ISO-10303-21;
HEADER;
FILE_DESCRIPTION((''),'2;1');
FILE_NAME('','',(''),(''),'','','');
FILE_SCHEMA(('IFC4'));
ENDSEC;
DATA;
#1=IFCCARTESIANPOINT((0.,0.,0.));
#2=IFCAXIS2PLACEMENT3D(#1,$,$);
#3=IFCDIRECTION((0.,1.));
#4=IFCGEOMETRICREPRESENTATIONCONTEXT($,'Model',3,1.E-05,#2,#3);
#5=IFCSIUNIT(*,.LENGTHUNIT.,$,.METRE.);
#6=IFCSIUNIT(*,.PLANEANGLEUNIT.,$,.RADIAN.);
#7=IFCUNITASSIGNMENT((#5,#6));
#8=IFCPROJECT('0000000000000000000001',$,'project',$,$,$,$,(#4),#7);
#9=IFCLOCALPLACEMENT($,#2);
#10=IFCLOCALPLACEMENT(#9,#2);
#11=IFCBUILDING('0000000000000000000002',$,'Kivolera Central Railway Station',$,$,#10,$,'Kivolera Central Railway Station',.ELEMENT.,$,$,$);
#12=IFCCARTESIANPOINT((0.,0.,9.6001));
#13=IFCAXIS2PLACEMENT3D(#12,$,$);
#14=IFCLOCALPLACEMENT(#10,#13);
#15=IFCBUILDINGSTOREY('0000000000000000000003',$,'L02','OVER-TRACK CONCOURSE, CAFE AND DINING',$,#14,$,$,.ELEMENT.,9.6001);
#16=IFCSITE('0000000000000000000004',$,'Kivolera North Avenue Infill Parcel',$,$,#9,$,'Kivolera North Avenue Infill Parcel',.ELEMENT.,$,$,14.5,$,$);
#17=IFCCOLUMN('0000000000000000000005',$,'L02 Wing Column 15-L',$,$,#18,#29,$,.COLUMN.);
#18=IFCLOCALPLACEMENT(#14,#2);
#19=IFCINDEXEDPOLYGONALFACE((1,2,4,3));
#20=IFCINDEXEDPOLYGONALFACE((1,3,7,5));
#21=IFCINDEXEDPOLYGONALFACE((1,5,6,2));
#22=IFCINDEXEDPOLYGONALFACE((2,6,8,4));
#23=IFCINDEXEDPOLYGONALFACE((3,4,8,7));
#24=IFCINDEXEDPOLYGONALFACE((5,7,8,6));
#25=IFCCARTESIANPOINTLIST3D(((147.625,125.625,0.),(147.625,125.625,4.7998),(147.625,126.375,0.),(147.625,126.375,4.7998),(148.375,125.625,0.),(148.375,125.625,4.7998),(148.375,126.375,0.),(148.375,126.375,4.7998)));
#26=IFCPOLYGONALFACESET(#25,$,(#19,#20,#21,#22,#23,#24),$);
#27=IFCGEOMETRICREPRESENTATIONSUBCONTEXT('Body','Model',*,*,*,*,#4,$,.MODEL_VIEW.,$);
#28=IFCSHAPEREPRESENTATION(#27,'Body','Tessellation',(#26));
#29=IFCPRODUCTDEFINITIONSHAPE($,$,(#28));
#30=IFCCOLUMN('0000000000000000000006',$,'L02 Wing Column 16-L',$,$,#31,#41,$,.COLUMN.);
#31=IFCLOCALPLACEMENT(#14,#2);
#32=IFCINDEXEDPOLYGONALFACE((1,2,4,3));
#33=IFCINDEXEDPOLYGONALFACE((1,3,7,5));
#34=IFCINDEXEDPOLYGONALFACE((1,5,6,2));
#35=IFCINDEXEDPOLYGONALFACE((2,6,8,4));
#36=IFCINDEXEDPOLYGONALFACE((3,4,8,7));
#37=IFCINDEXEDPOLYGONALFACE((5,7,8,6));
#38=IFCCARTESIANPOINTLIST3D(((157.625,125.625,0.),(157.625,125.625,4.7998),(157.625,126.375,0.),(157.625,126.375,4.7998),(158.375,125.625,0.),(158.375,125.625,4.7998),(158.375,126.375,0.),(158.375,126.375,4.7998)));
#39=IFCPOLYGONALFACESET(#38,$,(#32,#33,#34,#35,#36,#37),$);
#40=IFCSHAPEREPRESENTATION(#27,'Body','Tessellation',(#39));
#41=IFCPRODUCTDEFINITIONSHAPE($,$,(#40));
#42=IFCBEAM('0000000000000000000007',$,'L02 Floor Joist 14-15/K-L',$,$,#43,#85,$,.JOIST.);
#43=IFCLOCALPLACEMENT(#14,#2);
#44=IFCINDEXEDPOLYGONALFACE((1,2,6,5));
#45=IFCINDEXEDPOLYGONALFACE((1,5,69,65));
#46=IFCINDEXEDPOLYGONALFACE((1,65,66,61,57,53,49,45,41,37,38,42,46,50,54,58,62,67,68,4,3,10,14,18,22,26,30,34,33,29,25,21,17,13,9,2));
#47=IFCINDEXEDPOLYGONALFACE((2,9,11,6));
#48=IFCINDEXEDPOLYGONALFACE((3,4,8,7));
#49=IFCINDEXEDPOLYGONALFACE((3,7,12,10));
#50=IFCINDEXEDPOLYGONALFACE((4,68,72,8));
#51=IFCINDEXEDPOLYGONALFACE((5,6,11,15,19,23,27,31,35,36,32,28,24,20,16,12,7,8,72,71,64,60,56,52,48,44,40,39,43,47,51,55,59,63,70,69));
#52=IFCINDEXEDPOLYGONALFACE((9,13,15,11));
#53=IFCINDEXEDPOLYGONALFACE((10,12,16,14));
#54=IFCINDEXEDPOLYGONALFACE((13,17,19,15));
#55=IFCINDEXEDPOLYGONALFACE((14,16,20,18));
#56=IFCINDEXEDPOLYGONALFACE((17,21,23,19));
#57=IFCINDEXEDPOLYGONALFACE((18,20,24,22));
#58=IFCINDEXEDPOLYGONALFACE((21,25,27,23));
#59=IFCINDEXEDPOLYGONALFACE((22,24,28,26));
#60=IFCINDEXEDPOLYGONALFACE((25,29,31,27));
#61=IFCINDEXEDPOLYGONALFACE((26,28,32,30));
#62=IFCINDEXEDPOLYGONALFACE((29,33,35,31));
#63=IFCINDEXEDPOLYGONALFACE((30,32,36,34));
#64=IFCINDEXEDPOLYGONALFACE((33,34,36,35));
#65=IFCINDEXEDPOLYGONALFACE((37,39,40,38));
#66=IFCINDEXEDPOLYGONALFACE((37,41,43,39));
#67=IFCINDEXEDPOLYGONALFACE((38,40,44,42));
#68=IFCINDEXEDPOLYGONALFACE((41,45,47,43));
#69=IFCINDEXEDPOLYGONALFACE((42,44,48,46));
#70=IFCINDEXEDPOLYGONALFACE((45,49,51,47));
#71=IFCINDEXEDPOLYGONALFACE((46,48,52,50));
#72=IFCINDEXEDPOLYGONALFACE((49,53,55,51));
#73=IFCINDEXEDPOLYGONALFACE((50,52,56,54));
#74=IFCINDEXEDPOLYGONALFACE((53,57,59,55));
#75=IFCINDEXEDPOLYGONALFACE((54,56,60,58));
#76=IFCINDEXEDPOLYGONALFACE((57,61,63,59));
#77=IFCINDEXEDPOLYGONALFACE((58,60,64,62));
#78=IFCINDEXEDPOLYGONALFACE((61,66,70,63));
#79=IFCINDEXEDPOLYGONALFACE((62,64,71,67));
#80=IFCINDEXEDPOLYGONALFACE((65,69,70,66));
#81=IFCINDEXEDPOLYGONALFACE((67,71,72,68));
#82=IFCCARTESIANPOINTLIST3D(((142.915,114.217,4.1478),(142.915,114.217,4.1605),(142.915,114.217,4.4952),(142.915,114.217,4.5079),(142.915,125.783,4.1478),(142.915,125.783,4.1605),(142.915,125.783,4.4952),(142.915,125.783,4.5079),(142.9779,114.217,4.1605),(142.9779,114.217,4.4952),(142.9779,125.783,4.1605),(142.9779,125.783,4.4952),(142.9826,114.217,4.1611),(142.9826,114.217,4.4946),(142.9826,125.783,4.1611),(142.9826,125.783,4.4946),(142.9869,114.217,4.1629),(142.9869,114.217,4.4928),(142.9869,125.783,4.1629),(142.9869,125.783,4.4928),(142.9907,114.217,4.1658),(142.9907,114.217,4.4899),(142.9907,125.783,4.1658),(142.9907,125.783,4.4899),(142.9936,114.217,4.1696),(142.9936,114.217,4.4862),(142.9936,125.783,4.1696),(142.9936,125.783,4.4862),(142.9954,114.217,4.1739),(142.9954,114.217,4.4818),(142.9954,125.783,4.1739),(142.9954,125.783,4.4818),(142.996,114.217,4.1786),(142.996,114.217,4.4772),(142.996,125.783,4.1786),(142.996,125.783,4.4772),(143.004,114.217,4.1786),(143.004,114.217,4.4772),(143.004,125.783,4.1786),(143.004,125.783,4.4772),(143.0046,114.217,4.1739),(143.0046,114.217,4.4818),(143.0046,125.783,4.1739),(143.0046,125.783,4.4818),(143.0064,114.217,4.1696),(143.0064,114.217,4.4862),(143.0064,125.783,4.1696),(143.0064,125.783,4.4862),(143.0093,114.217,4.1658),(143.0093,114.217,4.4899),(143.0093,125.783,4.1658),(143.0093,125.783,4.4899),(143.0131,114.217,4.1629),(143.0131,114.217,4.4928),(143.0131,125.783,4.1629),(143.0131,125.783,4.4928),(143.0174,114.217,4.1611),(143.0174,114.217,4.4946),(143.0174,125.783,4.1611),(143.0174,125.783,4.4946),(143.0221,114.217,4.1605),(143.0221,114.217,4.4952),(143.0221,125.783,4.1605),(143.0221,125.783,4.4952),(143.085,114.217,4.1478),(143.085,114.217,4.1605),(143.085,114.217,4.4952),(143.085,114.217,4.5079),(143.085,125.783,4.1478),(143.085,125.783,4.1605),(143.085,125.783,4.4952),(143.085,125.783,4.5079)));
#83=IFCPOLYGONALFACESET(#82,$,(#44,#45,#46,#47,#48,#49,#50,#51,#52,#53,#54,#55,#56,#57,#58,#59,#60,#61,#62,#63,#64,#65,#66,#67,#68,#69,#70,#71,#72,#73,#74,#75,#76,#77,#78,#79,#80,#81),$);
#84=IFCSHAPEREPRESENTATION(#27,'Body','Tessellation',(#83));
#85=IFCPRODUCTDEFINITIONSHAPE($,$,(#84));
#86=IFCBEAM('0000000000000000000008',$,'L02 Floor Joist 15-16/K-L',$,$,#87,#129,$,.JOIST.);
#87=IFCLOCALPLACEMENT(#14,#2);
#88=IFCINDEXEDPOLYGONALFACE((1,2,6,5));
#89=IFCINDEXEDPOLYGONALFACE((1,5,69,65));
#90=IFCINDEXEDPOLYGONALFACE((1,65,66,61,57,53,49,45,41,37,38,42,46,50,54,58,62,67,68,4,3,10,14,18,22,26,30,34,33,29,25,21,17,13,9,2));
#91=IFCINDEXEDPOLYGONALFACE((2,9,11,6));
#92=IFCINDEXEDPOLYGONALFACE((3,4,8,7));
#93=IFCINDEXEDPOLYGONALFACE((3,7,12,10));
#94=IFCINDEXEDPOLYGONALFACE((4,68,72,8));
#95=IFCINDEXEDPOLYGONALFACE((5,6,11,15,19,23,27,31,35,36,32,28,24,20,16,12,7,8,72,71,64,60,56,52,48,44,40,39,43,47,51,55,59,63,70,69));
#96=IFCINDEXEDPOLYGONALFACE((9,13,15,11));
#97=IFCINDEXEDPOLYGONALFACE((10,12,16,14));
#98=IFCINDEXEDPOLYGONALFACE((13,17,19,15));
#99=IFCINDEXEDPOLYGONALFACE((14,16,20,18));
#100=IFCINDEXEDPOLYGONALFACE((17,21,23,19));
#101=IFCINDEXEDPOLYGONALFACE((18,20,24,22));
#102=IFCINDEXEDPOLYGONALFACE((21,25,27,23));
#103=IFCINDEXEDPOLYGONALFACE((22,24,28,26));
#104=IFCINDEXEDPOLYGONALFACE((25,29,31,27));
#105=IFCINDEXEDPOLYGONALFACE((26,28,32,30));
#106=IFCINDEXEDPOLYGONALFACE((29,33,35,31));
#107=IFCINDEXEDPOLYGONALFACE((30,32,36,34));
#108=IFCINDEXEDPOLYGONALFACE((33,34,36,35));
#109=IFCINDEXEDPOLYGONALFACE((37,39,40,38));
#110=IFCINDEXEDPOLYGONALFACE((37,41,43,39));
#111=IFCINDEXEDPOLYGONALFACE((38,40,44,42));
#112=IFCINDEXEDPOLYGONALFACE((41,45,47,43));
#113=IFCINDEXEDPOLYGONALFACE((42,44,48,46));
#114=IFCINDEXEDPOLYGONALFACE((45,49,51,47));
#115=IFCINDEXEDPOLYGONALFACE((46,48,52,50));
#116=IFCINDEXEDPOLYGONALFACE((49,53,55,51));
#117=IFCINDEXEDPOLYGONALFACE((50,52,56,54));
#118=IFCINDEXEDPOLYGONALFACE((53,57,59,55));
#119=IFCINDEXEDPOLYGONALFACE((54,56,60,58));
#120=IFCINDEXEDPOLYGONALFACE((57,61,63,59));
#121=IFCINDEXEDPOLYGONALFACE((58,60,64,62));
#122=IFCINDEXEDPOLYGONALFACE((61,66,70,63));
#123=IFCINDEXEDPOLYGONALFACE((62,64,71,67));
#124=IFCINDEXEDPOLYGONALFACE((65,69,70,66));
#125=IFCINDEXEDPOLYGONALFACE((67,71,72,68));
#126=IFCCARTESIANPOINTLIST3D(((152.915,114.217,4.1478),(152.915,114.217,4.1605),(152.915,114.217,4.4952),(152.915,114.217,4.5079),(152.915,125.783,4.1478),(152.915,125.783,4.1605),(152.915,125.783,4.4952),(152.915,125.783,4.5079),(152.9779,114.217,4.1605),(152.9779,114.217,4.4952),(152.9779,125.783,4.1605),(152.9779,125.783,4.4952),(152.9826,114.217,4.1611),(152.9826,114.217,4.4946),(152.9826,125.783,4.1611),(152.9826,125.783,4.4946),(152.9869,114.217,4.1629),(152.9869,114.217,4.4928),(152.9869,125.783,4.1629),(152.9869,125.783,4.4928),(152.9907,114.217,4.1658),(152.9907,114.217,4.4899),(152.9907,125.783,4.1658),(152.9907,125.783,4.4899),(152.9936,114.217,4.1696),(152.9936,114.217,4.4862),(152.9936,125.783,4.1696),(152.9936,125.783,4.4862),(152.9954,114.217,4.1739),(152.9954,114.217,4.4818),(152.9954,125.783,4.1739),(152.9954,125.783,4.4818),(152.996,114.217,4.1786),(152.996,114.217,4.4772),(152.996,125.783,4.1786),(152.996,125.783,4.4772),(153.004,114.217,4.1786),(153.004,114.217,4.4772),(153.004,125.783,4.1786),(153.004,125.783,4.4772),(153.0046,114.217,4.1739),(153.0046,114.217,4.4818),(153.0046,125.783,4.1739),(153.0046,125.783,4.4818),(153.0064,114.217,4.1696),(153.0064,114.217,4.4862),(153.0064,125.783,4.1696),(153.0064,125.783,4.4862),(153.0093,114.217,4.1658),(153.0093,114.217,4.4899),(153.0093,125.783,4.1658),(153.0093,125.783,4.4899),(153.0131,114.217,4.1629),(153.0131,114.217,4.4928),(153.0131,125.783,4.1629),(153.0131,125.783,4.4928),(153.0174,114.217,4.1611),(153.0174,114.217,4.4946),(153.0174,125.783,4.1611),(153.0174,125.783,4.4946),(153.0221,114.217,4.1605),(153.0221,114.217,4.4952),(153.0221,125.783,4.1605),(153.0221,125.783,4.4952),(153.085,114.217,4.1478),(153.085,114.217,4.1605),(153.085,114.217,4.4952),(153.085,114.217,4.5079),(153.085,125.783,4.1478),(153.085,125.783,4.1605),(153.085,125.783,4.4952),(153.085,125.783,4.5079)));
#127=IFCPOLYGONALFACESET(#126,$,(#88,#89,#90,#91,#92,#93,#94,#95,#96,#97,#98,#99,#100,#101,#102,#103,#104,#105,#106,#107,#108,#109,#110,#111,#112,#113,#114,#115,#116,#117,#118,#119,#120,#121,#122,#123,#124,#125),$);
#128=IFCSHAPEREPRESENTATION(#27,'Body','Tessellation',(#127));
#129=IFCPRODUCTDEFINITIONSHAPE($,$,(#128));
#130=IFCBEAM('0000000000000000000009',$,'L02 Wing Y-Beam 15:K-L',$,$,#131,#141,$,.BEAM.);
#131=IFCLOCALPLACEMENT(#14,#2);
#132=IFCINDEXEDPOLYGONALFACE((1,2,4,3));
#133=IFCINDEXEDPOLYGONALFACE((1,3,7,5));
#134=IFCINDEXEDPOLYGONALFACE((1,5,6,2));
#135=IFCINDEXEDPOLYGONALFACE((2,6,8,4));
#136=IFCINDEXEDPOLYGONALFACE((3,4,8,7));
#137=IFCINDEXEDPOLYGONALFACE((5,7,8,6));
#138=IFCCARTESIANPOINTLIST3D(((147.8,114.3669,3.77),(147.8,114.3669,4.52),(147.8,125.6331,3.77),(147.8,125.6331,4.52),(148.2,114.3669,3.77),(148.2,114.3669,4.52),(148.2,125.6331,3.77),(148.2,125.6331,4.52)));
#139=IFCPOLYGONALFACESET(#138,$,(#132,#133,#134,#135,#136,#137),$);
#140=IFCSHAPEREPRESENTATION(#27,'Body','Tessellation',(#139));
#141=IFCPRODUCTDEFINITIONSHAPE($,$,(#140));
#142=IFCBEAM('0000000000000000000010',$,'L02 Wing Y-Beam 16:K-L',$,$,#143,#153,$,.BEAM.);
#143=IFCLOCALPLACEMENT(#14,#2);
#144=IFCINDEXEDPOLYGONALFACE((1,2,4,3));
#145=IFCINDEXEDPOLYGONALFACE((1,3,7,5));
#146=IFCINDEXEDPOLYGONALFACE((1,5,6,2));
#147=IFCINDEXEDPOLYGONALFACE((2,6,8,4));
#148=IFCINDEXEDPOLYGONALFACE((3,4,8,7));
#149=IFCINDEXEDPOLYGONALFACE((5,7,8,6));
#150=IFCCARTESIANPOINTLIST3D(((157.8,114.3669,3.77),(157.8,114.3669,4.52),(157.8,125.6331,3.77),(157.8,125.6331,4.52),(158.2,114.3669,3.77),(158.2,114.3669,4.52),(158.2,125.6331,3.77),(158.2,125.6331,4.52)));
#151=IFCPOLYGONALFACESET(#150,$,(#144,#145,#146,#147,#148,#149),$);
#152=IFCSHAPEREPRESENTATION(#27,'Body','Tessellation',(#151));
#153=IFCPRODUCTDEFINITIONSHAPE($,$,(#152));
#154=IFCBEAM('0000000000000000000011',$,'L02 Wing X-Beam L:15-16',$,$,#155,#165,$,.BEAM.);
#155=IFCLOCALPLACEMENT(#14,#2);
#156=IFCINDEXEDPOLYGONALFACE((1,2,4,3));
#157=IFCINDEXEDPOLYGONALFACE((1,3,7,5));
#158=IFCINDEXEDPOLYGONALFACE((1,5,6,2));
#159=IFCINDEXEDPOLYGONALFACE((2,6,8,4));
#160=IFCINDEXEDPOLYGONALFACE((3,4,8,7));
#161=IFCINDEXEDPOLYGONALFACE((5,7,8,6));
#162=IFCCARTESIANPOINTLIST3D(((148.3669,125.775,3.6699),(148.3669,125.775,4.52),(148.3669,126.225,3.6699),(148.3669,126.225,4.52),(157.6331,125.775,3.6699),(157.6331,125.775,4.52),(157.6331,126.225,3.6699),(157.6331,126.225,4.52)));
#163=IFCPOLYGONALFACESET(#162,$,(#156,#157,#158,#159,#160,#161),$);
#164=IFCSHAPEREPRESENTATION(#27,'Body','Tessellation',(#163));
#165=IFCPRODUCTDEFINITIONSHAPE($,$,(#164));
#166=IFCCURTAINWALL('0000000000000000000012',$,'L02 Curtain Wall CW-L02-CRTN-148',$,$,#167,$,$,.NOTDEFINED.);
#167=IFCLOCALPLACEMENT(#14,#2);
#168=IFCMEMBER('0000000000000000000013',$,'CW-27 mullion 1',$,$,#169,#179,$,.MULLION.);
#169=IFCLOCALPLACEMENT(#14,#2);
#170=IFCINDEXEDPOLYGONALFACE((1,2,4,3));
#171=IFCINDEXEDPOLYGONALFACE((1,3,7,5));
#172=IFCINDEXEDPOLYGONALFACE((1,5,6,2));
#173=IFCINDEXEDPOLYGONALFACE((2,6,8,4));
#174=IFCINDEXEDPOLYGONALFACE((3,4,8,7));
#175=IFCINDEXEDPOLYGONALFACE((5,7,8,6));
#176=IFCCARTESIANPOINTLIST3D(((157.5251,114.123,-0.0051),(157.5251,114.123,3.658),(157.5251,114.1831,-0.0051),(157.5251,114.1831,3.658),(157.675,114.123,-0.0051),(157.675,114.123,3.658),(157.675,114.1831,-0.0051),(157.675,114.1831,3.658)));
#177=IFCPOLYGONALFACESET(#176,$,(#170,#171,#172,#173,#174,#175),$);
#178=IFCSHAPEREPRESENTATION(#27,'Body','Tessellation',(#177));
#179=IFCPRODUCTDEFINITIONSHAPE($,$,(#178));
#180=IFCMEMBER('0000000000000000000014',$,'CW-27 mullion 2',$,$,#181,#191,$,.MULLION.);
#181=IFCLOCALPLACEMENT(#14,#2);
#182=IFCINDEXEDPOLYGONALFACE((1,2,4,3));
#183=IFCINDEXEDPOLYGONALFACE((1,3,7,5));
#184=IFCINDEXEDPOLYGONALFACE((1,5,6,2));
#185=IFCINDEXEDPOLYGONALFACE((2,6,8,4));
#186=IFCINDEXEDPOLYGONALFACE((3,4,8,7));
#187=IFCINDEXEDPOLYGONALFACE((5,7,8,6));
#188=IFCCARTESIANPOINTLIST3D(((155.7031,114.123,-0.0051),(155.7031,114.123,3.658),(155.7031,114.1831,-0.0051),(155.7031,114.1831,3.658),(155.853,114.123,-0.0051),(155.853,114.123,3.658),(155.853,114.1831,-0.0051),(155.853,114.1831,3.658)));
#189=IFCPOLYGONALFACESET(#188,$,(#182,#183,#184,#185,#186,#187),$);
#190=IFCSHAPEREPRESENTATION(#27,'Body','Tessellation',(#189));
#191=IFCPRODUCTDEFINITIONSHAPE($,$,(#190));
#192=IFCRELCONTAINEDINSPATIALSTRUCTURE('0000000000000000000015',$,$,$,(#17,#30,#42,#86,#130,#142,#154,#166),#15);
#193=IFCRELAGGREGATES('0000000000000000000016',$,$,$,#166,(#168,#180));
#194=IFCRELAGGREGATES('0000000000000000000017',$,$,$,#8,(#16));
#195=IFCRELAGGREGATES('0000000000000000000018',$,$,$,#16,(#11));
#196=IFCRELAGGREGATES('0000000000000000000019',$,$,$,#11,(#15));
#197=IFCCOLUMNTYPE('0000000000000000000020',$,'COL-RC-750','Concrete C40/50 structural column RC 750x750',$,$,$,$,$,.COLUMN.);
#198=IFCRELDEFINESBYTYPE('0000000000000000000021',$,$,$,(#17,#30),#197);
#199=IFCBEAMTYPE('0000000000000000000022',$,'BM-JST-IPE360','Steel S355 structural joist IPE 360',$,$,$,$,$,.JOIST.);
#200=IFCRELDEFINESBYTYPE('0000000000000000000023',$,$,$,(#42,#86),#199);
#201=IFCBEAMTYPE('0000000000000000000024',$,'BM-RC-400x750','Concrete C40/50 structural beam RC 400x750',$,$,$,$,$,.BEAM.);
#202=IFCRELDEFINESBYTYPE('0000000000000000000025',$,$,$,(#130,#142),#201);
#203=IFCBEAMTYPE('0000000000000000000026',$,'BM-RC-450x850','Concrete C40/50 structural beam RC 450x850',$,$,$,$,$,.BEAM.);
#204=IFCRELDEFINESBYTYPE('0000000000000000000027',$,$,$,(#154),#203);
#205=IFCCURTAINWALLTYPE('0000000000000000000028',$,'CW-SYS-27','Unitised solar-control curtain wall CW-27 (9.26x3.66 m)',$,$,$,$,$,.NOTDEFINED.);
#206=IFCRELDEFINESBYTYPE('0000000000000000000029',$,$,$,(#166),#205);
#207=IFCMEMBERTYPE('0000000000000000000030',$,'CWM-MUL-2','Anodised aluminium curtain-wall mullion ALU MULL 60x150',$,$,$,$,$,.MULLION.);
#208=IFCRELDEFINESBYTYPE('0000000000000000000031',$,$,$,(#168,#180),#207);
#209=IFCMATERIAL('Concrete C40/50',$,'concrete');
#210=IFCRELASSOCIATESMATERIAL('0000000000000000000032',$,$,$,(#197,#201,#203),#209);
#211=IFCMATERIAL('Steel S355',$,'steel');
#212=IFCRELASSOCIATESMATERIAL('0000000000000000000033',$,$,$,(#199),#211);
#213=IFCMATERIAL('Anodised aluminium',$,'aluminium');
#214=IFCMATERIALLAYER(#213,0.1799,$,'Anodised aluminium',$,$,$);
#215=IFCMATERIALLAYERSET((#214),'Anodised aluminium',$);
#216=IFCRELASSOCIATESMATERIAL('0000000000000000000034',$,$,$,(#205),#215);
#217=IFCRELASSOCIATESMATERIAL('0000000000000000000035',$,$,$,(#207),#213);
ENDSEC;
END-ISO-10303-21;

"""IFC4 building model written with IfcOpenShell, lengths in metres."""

from ifc_helpers import new_model, si_unit, direction, frame, origin, origin_2d, place, context, subcontext, project, spatial, rectangle, i_section, extrude, material, layer, layer_set, material_profile, profile_set, type_object, element, aggregate, save


model = new_model("IFC4")

# Units and contexts
model_context = context("Model", 3, precision=1e-05, world=origin(), true_north=direction((0.0, 1.0)))
body_context = subcontext(model_context, "Body", "Model", "MODEL_VIEW")
ifc_project = project(units=[si_unit("LENGTHUNIT", "METRE"), si_unit("PLANEANGLEUNIT", "RADIAN")], contexts=[model_context])

# Site, building, storey
site_placement = place(None, origin())
site = spatial("IfcSite", under=ifc_project, at=site_placement, Name="Kivolera North Avenue Infill Parcel", LongName="Kivolera North Avenue Infill Parcel", CompositionType="ELEMENT", RefElevation=14.5)
building_placement = place(site_placement, origin())
building = spatial("IfcBuilding", under=site, at=building_placement, Name="Kivolera Central Railway Station", LongName="Kivolera Central Railway Station", CompositionType="ELEMENT")
storey_placement = place(building_placement, frame((0.0, 0.0, 9.6001)))
storey = spatial("IfcBuildingStorey", under=building, at=storey_placement, Name="L02", Description="OVER-TRACK CONCOURSE, CAFE AND DINING", CompositionType="ELEMENT", Elevation=9.6001)

# Columns
ifc_material_1 = material(Name="Concrete C40/50", Category="concrete")
ifc_material_profile_1 = material_profile(ifc_material_1, rectangle(XDim=0.75, YDim=0.75, at=origin_2d()), Name="RC 750x750")
ifc_profile_set_1 = profile_set([ifc_material_profile_1], Name="Concrete C40/50")
column_type = type_object("IfcColumnType", Name="COL-RC-750", Description="Concrete C40/50 structural column RC 750x750", PredefinedType="COLUMN", material=ifc_profile_set_1)
for number, where, z_axis, x_axis, name in (
    (1, (148.0, 126.0, 0.0), (0.0, 0.0, 1.0), (1.0, 0.0, 0.0), "L02 Wing Column 15-L"),
    (2, (158.0, 126.0, 0.0), (0.0, 0.0, 1.0), (1.0, 0.0, 0.0), "L02 Wing Column 16-L"),
):
    element("IfcColumn", number, at=place(storey_placement, frame(where, z_axis=z_axis, x_axis=x_axis)), inside=storey, type_object=column_type, Name=name, PredefinedType="COLUMN", context=body_context, shape_type="SweptSolid", body=[
        extrude(rectangle(XDim=0.75, YDim=0.75, at=origin_2d()), origin(), (0.0, 0.0, 1.0), 4.7998),
    ])

# Beams
ifc_material_2 = material(Name="Steel S355", Category="steel")
ifc_material_profile_2 = material_profile(ifc_material_2, i_section(OverallWidth=0.1699, OverallDepth=0.3601, WebThickness=0.0081, FlangeThickness=0.0127, FilletRadius=0.0181, at=origin_2d()), Name="IPE 360")
ifc_profile_set_2 = profile_set([ifc_material_profile_2], Name="Steel S355")
beam_type_1 = type_object("IfcBeamType", Name="BM-JST-IPE360", Description="Steel S355 structural joist IPE 360", PredefinedType="JOIST", material=ifc_profile_set_2)
for number, where, z_axis, x_axis, name in (
    (3, (143.0, 114.217, 4.3279), (0.0, 1.0, 0.0), (-1.0, 0.0, 0.0), "L02 Floor Joist 14-15/K-L"),
    (4, (153.0, 114.217, 4.3279), (0.0, 1.0, 0.0), (-1.0, 0.0, 0.0), "L02 Floor Joist 15-16/K-L"),
):
    element("IfcBeam", number, at=place(storey_placement, frame(where, z_axis=z_axis, x_axis=x_axis)), inside=storey, type_object=beam_type_1, Name=name, PredefinedType="JOIST", context=body_context, shape_type="SweptSolid", body=[
        extrude(i_section(OverallWidth=0.1699, OverallDepth=0.3601, WebThickness=0.0081, FlangeThickness=0.0127, FilletRadius=0.0181, at=origin_2d()), origin(), (0.0, 0.0, 1.0), 11.5659),
    ])
ifc_material_profile_3 = material_profile(ifc_material_1, rectangle(XDim=0.3999, YDim=0.75, at=origin_2d()), Name="RC 400x750")
ifc_profile_set_3 = profile_set([ifc_material_profile_3], Name="Concrete C40/50")
beam_type_2 = type_object("IfcBeamType", Name="BM-RC-400x750", Description="Concrete C40/50 structural beam RC 400x750", PredefinedType="BEAM", material=ifc_profile_set_3)
for number, where, z_axis, x_axis, name in (
    (5, (148.0, 114.3669, 4.145), (0.0, 1.0, 0.0), (-1.0, 0.0, 0.0), "L02 Wing Y-Beam 15:K-L"),
    (6, (158.0, 114.3669, 4.145), (0.0, 1.0, 0.0), (-1.0, 0.0, 0.0), "L02 Wing Y-Beam 16:K-L"),
):
    element("IfcBeam", number, at=place(storey_placement, frame(where, z_axis=z_axis, x_axis=x_axis)), inside=storey, type_object=beam_type_2, Name=name, PredefinedType="BEAM", context=body_context, shape_type="SweptSolid", body=[
        extrude(rectangle(XDim=0.3999, YDim=0.75, at=origin_2d()), origin(), (0.0, 0.0, 1.0), 11.2661),
    ])
ifc_material_profile_4 = material_profile(ifc_material_1, rectangle(XDim=0.45, YDim=0.8501, at=origin_2d()), Name="RC 450x850")
ifc_profile_set_4 = profile_set([ifc_material_profile_4], Name="Concrete C40/50")
beam_type_3 = type_object("IfcBeamType", Name="BM-RC-450x850", Description="Concrete C40/50 structural beam RC 450x850", PredefinedType="BEAM", material=ifc_profile_set_4)
beam_placement = place(storey_placement, frame((148.3669, 126.0, 4.095), z_axis=(1.0, 0.0, 0.0), x_axis=(0.0, 1.0, 0.0)))
element("IfcBeam", 7, at=beam_placement, inside=storey, type_object=beam_type_3, Name="L02 Wing X-Beam L:15-16", PredefinedType="BEAM", context=body_context, shape_type="SweptSolid", body=[
    extrude(rectangle(XDim=0.45, YDim=0.8501, at=origin_2d()), origin(), (0.0, 0.0, 1.0), 9.2661),
])

# Curtain wall, members
ifc_material_3 = material(Name="Anodised aluminium", Category="aluminium")
ifc_layer_1 = layer(ifc_material_3, 0.1799, Name="Anodised aluminium")
ifc_layer_set_1 = layer_set([ifc_layer_1], Name="Anodised aluminium")
curtain_wall_type = type_object("IfcCurtainWallType", Name="CW-SYS-27", Description="Unitised solar-control curtain wall CW-27 (9.26x3.66 m)", PredefinedType="NOTDEFINED", material=ifc_layer_set_1)
curtain_wall_placement = place(storey_placement, origin())
curtain_wall = element("IfcCurtainWall", 8, at=curtain_wall_placement, inside=storey, type_object=curtain_wall_type, Name="L02 Curtain Wall CW-L02-CRTN-148", PredefinedType="NOTDEFINED")
ifc_material_profile_5 = material_profile(ifc_material_3, rectangle(XDim=0.0601, YDim=0.1499, at=origin_2d()), Name="ALU MULL 60x150")
ifc_profile_set_5 = profile_set([ifc_material_profile_5], Name="Anodised aluminium")
member_type_1 = type_object("IfcMemberType", Name="CWM-MUL-2", Description="Anodised aluminium curtain-wall mullion ALU MULL 60x150", PredefinedType="MULLION", material=ifc_profile_set_5)
member_1_placement = place(storey_placement, frame((157.6001, 114.1531, -0.0051), z_axis=(0.0, 0.0, 1.0), x_axis=(0.0, -1.0, 0.0)))
member_1 = element("IfcMember", 9, at=member_1_placement, type_object=member_type_1, Name="CW-27 mullion 1", PredefinedType="MULLION", context=body_context, shape_type="SweptSolid", body=[
    extrude(rectangle(XDim=0.0601, YDim=0.1499, at=origin_2d()), origin(), (0.0, 0.0, 1.0), 3.6631),
])
member_2_placement = place(storey_placement, frame((155.7781, 114.1531, -0.0051), z_axis=(0.0, 0.0, 1.0), x_axis=(0.0, -1.0, 0.0)))
member_2 = element("IfcMember", 10, at=member_2_placement, type_object=member_type_1, Name="CW-27 mullion 2", PredefinedType="MULLION", context=body_context, shape_type="SweptSolid", body=[
    extrude(rectangle(XDim=0.0601, YDim=0.1499, at=origin_2d()), origin(), (0.0, 0.0, 1.0), 3.6631),
])
aggregate(curtain_wall, [member_1, member_2])

save(model, "model.ifc")
